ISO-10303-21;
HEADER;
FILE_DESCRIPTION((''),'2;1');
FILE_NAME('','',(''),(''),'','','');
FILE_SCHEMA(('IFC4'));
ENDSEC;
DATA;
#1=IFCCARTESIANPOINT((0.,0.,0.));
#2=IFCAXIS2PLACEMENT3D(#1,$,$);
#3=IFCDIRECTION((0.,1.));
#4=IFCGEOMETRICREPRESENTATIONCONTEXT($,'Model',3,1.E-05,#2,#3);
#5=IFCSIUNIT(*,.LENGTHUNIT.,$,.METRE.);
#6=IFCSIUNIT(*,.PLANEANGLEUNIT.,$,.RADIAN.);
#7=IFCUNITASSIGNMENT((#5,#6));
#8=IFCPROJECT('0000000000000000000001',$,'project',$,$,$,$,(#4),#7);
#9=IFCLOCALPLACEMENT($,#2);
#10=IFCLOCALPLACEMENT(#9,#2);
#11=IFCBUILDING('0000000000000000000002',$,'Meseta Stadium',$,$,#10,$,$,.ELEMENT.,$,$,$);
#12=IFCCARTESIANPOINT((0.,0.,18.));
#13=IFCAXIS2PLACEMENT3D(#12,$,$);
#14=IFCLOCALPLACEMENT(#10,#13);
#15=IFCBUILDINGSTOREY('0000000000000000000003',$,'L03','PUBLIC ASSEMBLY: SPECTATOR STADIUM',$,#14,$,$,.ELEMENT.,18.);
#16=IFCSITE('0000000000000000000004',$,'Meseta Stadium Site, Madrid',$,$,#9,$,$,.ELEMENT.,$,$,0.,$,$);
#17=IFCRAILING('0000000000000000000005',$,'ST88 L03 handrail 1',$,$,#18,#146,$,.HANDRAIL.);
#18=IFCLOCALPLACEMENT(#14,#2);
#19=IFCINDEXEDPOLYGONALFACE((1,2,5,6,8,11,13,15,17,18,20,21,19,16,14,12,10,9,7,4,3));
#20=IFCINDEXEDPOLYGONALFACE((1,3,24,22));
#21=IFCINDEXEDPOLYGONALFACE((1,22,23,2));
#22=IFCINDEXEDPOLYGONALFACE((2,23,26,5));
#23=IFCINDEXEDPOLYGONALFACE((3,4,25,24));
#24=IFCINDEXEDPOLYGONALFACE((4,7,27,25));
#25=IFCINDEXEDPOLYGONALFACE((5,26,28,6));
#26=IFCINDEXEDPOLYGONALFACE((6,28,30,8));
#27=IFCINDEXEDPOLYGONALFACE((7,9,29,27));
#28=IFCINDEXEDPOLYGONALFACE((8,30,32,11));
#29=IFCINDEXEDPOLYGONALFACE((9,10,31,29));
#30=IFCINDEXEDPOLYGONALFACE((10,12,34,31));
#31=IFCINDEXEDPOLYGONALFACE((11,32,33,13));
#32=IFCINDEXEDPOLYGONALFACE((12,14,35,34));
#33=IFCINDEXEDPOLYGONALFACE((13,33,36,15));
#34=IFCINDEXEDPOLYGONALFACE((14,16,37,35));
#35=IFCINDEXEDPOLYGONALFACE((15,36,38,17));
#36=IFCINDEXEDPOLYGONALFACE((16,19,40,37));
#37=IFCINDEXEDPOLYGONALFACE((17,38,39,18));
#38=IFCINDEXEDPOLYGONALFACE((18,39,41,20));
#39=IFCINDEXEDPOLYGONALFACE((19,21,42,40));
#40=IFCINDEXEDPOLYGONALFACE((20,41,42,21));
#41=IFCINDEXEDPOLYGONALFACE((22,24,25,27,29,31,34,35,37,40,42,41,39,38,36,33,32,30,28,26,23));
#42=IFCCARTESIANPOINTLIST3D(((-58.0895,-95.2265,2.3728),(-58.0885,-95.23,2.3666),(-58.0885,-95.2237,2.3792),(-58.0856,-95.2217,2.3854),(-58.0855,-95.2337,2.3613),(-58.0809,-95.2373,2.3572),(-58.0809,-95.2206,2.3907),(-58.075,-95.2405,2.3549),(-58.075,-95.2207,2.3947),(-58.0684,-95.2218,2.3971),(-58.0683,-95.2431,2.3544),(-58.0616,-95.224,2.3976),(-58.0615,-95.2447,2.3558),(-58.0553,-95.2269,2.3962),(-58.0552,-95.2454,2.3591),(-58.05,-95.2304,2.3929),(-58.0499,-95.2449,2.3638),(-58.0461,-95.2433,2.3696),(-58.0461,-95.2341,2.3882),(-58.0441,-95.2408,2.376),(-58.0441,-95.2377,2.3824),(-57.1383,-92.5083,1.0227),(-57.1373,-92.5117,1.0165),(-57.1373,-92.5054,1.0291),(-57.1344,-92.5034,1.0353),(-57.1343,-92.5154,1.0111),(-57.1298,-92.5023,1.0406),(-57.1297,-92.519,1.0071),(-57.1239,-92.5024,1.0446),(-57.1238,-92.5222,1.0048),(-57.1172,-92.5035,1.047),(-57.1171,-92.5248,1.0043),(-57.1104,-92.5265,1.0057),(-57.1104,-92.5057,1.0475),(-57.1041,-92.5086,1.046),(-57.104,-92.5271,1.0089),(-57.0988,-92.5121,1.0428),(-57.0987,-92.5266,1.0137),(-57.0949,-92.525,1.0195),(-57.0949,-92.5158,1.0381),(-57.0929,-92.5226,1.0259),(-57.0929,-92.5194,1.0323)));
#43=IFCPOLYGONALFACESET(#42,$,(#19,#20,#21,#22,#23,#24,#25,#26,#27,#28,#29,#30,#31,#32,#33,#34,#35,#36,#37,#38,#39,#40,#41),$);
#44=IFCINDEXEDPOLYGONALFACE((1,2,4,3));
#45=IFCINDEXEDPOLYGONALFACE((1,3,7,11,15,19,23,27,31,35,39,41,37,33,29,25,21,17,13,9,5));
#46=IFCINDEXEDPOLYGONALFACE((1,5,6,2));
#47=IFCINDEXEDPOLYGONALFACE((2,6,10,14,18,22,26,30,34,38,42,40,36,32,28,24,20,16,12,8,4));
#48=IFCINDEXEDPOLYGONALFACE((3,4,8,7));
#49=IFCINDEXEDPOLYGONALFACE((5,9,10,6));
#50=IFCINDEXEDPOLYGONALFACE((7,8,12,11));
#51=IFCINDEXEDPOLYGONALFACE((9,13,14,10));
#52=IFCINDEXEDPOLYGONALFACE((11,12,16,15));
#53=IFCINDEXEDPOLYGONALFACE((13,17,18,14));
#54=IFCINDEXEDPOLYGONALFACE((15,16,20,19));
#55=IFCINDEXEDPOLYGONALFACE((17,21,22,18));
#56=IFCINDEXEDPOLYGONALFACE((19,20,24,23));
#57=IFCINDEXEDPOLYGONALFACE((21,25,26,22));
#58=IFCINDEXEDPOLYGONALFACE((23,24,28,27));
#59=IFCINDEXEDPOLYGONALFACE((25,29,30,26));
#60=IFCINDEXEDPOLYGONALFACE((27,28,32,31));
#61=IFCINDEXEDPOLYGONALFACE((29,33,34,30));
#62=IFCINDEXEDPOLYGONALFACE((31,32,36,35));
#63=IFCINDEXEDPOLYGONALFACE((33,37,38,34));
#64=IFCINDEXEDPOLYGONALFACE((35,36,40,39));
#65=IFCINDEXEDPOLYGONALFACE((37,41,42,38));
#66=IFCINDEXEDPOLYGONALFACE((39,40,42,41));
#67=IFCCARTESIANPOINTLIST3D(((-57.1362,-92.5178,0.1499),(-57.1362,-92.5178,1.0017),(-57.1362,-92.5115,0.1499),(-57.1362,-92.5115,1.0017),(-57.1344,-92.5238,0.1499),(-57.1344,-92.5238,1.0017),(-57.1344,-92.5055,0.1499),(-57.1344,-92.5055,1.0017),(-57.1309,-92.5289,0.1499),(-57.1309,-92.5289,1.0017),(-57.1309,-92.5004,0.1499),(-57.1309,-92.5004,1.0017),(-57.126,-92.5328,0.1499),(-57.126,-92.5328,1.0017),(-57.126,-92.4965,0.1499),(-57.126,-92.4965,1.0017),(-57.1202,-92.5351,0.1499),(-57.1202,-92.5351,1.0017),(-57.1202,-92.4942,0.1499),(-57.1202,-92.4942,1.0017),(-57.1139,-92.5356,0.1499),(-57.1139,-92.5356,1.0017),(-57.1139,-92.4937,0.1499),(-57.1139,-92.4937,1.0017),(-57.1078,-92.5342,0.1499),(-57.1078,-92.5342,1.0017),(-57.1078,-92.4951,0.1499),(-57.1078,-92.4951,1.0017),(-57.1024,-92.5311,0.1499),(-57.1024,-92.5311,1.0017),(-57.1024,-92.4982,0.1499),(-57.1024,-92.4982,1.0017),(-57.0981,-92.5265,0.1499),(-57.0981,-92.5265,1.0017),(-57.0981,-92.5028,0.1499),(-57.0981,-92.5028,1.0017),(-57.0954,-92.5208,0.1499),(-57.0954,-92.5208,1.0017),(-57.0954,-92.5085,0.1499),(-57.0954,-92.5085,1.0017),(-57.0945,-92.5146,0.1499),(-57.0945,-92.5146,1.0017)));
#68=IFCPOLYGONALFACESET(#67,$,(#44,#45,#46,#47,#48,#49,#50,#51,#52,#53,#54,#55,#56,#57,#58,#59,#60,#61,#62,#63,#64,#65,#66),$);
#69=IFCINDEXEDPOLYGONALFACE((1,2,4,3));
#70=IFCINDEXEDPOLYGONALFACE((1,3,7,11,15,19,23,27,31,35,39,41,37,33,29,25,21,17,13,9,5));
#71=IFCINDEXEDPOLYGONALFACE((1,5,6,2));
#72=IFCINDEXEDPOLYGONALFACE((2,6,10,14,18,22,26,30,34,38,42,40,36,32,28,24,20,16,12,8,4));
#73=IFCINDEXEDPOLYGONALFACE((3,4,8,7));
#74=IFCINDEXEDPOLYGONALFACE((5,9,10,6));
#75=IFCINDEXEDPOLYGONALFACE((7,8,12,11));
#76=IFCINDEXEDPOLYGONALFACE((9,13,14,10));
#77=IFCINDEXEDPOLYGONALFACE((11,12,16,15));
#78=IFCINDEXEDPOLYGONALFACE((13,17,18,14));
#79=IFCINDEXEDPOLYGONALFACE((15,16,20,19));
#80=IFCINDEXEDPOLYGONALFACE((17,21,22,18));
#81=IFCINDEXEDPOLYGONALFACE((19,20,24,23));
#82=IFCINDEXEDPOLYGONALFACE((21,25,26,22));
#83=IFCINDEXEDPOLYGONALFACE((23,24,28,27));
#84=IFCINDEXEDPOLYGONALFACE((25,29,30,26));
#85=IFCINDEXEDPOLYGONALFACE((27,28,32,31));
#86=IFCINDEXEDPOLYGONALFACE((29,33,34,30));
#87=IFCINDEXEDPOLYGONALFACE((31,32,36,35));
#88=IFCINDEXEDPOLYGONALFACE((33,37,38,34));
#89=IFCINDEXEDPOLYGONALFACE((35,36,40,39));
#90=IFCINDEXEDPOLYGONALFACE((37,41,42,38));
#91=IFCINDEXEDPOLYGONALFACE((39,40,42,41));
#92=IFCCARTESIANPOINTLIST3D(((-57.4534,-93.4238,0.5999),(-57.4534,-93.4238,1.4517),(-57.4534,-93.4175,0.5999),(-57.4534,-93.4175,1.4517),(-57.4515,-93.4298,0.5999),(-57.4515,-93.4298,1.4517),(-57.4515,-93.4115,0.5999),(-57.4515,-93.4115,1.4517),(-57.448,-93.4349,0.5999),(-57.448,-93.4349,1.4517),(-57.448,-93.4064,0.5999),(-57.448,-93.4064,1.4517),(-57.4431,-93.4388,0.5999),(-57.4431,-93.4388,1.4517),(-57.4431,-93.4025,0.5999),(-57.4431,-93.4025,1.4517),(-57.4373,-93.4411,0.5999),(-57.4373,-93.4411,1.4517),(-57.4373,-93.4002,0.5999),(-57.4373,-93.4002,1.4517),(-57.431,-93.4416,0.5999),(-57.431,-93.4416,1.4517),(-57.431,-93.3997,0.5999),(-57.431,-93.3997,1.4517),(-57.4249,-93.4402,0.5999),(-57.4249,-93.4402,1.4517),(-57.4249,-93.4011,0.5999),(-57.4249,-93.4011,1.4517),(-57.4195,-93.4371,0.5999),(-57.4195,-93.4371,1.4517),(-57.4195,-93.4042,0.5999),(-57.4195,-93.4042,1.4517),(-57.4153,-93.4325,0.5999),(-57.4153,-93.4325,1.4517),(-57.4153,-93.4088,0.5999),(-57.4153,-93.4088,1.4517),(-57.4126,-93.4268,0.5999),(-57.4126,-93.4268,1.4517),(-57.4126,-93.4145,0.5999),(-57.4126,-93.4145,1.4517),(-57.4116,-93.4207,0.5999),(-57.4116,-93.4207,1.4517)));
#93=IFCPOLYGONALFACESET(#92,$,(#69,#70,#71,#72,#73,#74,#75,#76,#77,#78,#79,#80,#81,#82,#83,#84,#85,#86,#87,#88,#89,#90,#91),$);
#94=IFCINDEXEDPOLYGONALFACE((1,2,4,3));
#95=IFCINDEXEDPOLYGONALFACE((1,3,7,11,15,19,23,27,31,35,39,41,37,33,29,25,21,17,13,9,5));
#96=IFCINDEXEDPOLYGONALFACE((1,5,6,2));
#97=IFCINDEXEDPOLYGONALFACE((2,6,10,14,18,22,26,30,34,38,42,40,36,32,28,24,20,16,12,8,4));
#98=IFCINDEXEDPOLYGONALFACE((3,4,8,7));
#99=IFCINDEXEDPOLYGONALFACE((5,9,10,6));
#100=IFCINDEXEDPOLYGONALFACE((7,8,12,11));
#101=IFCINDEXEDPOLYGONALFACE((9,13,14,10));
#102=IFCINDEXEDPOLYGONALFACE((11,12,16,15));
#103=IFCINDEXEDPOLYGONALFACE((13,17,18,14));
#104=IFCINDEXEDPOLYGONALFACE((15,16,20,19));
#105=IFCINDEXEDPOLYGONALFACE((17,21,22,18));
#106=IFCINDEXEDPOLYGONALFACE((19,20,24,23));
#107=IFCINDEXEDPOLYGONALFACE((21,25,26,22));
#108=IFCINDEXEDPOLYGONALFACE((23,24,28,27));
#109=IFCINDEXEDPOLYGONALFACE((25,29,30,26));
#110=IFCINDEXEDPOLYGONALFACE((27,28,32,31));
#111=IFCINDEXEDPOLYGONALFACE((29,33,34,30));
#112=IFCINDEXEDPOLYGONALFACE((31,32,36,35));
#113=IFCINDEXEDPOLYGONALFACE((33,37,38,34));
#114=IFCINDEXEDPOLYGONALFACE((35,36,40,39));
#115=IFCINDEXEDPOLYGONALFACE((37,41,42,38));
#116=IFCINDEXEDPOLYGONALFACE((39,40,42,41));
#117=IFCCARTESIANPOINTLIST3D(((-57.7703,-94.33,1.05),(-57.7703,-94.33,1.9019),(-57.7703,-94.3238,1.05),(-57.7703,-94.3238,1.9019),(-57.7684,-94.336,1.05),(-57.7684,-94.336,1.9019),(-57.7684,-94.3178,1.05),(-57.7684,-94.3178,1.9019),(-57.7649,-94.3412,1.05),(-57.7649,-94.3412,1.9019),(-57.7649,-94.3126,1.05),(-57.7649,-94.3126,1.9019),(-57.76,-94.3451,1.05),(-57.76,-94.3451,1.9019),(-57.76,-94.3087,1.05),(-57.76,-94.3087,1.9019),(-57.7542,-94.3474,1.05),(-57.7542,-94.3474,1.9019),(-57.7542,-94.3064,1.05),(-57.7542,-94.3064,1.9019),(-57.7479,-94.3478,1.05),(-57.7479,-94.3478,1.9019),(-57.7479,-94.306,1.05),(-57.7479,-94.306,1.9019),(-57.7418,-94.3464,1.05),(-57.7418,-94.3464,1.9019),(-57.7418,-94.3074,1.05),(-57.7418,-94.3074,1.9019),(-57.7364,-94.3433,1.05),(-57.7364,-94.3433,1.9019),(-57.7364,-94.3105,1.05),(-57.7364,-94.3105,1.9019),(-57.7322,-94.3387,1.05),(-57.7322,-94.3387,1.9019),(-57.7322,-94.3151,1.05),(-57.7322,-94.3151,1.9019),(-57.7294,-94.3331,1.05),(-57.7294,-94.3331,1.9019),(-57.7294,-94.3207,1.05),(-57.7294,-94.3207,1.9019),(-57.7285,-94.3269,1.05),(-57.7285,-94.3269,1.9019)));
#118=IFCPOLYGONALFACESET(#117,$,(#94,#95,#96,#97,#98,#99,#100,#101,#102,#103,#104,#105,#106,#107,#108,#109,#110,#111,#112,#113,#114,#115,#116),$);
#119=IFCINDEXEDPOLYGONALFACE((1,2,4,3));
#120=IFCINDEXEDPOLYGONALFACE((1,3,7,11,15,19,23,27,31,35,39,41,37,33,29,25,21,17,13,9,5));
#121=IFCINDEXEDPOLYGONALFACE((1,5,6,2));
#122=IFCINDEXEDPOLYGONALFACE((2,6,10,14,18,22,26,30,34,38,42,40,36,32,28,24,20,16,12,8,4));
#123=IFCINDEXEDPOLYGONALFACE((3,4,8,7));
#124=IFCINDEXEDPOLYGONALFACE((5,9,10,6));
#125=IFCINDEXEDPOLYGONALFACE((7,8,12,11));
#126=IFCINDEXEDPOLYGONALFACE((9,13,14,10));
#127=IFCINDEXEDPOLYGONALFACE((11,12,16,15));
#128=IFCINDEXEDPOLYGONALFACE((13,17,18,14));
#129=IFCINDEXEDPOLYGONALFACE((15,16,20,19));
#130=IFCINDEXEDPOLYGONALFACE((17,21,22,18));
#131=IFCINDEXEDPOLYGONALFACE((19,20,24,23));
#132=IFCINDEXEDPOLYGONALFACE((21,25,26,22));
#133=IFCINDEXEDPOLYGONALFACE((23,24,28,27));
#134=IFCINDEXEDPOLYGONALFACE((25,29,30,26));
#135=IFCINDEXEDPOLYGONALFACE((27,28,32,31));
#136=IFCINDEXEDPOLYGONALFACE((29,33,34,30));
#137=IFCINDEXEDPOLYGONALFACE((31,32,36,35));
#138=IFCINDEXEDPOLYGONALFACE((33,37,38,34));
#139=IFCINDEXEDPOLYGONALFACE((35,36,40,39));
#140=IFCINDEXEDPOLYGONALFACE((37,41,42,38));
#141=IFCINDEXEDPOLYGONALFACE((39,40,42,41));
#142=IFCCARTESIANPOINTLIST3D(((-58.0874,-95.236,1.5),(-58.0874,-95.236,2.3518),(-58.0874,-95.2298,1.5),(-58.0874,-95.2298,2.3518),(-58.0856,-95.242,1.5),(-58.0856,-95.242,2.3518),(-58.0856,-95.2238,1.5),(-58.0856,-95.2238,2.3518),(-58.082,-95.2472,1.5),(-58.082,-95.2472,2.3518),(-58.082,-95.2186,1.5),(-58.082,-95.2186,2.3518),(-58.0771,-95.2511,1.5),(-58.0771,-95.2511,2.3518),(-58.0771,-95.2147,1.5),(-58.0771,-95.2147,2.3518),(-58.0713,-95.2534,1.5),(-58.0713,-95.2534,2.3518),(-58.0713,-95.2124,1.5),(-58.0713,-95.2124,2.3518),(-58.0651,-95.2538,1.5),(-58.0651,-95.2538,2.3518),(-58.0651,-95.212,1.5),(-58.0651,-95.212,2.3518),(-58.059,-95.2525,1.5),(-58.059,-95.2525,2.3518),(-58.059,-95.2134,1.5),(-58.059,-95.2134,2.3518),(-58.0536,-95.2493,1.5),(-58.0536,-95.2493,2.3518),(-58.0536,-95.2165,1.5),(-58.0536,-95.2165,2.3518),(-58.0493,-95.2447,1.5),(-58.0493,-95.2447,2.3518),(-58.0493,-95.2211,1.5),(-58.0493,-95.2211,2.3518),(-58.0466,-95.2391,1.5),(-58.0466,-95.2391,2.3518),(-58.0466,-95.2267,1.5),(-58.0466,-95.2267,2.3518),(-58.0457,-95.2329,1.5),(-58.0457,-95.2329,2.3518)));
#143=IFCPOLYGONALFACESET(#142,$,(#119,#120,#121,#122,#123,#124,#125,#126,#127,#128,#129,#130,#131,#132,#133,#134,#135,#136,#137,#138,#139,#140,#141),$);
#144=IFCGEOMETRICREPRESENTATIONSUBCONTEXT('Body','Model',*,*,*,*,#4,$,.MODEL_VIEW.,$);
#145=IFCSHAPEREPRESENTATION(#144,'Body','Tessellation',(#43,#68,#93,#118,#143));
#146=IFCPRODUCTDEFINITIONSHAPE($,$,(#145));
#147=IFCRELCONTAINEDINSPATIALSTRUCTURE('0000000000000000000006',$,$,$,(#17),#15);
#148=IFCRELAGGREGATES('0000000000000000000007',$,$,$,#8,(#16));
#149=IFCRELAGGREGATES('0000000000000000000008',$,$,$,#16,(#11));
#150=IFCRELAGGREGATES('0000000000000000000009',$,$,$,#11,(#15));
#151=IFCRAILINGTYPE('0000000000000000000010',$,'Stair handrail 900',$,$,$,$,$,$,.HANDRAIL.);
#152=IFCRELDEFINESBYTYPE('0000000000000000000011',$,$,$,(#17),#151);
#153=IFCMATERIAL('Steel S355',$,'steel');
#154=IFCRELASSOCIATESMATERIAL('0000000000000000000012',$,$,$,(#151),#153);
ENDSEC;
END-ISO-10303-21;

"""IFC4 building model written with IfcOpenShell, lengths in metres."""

from ifc_helpers import new_model, si_unit, direction, frame, origin, origin_2d, place, context, subcontext, project, spatial, circle, extrude, material, type_object, element, save


model = new_model("IFC4")

# Units and contexts
model_context = context("Model", 3, precision=1e-05, world=origin(), true_north=direction((0.0, 1.0)))
body_context = subcontext(model_context, "Body", "Model", "MODEL_VIEW")
ifc_project = project(units=[si_unit("LENGTHUNIT", "METRE"), si_unit("PLANEANGLEUNIT", "RADIAN")], contexts=[model_context])

# Site, building, storey
site_placement = place(None, origin())
site = spatial("IfcSite", under=ifc_project, at=site_placement, Name="Meseta Stadium Site, Madrid", CompositionType="ELEMENT", RefElevation=0.0)
building_placement = place(site_placement, origin())
building = spatial("IfcBuilding", under=site, at=building_placement, Name="Meseta Stadium", CompositionType="ELEMENT")
storey_placement = place(building_placement, frame((0.0, 0.0, 18.0)))
storey = spatial("IfcBuildingStorey", under=building, at=storey_placement, Name="L03", Description="PUBLIC ASSEMBLY: SPECTATOR STADIUM", CompositionType="ELEMENT", Elevation=18.0)

# Railing
ifc_material_1 = material(Name="Steel S355", Category="steel")
railing_type_1 = type_object("IfcRailingType", Name="Stair handrail 900", PredefinedType="HANDRAIL", material=ifc_material_1)
for number, where, name in (
    (1, (-57.1155, -92.5146, 0.1499), "ST88 L03 handrail 1"),
):
    element("IfcRailing", number, at=place(storey_placement, frame(where)), inside=storey, type_object=railing_type_1, Name=name, PredefinedType="HANDRAIL", context=body_context, shape_type="SweptSolid", body=[
        extrude(circle(Radius=0.0239, at=origin_2d()), frame((0.0, 0.0, 0.876), z_axis=(-0.299051, -0.854629, 0.424474), x_axis=(0.943882, -0.330282, 0.0)), (0.0, 0.0, 1.0), 3.1807),
        extrude(circle(Radius=0.021, at=origin_2d()), origin(), (0.0, 0.0, 1.0), 0.8518),
        extrude(circle(Radius=0.021, at=origin_2d()), frame((-0.3171, -0.906, 0.45)), (0.0, 0.0, 1.0), 0.8518),
        extrude(circle(Radius=0.021, at=origin_2d()), frame((-0.634, -1.8123, 0.9001)), (0.0, 0.0, 1.0), 0.8518),
        extrude(circle(Radius=0.021, at=origin_2d()), frame((-0.9512, -2.7183, 1.3501)), (0.0, 0.0, 1.0), 0.8518),
    ])

save(model, "model.ifc")
